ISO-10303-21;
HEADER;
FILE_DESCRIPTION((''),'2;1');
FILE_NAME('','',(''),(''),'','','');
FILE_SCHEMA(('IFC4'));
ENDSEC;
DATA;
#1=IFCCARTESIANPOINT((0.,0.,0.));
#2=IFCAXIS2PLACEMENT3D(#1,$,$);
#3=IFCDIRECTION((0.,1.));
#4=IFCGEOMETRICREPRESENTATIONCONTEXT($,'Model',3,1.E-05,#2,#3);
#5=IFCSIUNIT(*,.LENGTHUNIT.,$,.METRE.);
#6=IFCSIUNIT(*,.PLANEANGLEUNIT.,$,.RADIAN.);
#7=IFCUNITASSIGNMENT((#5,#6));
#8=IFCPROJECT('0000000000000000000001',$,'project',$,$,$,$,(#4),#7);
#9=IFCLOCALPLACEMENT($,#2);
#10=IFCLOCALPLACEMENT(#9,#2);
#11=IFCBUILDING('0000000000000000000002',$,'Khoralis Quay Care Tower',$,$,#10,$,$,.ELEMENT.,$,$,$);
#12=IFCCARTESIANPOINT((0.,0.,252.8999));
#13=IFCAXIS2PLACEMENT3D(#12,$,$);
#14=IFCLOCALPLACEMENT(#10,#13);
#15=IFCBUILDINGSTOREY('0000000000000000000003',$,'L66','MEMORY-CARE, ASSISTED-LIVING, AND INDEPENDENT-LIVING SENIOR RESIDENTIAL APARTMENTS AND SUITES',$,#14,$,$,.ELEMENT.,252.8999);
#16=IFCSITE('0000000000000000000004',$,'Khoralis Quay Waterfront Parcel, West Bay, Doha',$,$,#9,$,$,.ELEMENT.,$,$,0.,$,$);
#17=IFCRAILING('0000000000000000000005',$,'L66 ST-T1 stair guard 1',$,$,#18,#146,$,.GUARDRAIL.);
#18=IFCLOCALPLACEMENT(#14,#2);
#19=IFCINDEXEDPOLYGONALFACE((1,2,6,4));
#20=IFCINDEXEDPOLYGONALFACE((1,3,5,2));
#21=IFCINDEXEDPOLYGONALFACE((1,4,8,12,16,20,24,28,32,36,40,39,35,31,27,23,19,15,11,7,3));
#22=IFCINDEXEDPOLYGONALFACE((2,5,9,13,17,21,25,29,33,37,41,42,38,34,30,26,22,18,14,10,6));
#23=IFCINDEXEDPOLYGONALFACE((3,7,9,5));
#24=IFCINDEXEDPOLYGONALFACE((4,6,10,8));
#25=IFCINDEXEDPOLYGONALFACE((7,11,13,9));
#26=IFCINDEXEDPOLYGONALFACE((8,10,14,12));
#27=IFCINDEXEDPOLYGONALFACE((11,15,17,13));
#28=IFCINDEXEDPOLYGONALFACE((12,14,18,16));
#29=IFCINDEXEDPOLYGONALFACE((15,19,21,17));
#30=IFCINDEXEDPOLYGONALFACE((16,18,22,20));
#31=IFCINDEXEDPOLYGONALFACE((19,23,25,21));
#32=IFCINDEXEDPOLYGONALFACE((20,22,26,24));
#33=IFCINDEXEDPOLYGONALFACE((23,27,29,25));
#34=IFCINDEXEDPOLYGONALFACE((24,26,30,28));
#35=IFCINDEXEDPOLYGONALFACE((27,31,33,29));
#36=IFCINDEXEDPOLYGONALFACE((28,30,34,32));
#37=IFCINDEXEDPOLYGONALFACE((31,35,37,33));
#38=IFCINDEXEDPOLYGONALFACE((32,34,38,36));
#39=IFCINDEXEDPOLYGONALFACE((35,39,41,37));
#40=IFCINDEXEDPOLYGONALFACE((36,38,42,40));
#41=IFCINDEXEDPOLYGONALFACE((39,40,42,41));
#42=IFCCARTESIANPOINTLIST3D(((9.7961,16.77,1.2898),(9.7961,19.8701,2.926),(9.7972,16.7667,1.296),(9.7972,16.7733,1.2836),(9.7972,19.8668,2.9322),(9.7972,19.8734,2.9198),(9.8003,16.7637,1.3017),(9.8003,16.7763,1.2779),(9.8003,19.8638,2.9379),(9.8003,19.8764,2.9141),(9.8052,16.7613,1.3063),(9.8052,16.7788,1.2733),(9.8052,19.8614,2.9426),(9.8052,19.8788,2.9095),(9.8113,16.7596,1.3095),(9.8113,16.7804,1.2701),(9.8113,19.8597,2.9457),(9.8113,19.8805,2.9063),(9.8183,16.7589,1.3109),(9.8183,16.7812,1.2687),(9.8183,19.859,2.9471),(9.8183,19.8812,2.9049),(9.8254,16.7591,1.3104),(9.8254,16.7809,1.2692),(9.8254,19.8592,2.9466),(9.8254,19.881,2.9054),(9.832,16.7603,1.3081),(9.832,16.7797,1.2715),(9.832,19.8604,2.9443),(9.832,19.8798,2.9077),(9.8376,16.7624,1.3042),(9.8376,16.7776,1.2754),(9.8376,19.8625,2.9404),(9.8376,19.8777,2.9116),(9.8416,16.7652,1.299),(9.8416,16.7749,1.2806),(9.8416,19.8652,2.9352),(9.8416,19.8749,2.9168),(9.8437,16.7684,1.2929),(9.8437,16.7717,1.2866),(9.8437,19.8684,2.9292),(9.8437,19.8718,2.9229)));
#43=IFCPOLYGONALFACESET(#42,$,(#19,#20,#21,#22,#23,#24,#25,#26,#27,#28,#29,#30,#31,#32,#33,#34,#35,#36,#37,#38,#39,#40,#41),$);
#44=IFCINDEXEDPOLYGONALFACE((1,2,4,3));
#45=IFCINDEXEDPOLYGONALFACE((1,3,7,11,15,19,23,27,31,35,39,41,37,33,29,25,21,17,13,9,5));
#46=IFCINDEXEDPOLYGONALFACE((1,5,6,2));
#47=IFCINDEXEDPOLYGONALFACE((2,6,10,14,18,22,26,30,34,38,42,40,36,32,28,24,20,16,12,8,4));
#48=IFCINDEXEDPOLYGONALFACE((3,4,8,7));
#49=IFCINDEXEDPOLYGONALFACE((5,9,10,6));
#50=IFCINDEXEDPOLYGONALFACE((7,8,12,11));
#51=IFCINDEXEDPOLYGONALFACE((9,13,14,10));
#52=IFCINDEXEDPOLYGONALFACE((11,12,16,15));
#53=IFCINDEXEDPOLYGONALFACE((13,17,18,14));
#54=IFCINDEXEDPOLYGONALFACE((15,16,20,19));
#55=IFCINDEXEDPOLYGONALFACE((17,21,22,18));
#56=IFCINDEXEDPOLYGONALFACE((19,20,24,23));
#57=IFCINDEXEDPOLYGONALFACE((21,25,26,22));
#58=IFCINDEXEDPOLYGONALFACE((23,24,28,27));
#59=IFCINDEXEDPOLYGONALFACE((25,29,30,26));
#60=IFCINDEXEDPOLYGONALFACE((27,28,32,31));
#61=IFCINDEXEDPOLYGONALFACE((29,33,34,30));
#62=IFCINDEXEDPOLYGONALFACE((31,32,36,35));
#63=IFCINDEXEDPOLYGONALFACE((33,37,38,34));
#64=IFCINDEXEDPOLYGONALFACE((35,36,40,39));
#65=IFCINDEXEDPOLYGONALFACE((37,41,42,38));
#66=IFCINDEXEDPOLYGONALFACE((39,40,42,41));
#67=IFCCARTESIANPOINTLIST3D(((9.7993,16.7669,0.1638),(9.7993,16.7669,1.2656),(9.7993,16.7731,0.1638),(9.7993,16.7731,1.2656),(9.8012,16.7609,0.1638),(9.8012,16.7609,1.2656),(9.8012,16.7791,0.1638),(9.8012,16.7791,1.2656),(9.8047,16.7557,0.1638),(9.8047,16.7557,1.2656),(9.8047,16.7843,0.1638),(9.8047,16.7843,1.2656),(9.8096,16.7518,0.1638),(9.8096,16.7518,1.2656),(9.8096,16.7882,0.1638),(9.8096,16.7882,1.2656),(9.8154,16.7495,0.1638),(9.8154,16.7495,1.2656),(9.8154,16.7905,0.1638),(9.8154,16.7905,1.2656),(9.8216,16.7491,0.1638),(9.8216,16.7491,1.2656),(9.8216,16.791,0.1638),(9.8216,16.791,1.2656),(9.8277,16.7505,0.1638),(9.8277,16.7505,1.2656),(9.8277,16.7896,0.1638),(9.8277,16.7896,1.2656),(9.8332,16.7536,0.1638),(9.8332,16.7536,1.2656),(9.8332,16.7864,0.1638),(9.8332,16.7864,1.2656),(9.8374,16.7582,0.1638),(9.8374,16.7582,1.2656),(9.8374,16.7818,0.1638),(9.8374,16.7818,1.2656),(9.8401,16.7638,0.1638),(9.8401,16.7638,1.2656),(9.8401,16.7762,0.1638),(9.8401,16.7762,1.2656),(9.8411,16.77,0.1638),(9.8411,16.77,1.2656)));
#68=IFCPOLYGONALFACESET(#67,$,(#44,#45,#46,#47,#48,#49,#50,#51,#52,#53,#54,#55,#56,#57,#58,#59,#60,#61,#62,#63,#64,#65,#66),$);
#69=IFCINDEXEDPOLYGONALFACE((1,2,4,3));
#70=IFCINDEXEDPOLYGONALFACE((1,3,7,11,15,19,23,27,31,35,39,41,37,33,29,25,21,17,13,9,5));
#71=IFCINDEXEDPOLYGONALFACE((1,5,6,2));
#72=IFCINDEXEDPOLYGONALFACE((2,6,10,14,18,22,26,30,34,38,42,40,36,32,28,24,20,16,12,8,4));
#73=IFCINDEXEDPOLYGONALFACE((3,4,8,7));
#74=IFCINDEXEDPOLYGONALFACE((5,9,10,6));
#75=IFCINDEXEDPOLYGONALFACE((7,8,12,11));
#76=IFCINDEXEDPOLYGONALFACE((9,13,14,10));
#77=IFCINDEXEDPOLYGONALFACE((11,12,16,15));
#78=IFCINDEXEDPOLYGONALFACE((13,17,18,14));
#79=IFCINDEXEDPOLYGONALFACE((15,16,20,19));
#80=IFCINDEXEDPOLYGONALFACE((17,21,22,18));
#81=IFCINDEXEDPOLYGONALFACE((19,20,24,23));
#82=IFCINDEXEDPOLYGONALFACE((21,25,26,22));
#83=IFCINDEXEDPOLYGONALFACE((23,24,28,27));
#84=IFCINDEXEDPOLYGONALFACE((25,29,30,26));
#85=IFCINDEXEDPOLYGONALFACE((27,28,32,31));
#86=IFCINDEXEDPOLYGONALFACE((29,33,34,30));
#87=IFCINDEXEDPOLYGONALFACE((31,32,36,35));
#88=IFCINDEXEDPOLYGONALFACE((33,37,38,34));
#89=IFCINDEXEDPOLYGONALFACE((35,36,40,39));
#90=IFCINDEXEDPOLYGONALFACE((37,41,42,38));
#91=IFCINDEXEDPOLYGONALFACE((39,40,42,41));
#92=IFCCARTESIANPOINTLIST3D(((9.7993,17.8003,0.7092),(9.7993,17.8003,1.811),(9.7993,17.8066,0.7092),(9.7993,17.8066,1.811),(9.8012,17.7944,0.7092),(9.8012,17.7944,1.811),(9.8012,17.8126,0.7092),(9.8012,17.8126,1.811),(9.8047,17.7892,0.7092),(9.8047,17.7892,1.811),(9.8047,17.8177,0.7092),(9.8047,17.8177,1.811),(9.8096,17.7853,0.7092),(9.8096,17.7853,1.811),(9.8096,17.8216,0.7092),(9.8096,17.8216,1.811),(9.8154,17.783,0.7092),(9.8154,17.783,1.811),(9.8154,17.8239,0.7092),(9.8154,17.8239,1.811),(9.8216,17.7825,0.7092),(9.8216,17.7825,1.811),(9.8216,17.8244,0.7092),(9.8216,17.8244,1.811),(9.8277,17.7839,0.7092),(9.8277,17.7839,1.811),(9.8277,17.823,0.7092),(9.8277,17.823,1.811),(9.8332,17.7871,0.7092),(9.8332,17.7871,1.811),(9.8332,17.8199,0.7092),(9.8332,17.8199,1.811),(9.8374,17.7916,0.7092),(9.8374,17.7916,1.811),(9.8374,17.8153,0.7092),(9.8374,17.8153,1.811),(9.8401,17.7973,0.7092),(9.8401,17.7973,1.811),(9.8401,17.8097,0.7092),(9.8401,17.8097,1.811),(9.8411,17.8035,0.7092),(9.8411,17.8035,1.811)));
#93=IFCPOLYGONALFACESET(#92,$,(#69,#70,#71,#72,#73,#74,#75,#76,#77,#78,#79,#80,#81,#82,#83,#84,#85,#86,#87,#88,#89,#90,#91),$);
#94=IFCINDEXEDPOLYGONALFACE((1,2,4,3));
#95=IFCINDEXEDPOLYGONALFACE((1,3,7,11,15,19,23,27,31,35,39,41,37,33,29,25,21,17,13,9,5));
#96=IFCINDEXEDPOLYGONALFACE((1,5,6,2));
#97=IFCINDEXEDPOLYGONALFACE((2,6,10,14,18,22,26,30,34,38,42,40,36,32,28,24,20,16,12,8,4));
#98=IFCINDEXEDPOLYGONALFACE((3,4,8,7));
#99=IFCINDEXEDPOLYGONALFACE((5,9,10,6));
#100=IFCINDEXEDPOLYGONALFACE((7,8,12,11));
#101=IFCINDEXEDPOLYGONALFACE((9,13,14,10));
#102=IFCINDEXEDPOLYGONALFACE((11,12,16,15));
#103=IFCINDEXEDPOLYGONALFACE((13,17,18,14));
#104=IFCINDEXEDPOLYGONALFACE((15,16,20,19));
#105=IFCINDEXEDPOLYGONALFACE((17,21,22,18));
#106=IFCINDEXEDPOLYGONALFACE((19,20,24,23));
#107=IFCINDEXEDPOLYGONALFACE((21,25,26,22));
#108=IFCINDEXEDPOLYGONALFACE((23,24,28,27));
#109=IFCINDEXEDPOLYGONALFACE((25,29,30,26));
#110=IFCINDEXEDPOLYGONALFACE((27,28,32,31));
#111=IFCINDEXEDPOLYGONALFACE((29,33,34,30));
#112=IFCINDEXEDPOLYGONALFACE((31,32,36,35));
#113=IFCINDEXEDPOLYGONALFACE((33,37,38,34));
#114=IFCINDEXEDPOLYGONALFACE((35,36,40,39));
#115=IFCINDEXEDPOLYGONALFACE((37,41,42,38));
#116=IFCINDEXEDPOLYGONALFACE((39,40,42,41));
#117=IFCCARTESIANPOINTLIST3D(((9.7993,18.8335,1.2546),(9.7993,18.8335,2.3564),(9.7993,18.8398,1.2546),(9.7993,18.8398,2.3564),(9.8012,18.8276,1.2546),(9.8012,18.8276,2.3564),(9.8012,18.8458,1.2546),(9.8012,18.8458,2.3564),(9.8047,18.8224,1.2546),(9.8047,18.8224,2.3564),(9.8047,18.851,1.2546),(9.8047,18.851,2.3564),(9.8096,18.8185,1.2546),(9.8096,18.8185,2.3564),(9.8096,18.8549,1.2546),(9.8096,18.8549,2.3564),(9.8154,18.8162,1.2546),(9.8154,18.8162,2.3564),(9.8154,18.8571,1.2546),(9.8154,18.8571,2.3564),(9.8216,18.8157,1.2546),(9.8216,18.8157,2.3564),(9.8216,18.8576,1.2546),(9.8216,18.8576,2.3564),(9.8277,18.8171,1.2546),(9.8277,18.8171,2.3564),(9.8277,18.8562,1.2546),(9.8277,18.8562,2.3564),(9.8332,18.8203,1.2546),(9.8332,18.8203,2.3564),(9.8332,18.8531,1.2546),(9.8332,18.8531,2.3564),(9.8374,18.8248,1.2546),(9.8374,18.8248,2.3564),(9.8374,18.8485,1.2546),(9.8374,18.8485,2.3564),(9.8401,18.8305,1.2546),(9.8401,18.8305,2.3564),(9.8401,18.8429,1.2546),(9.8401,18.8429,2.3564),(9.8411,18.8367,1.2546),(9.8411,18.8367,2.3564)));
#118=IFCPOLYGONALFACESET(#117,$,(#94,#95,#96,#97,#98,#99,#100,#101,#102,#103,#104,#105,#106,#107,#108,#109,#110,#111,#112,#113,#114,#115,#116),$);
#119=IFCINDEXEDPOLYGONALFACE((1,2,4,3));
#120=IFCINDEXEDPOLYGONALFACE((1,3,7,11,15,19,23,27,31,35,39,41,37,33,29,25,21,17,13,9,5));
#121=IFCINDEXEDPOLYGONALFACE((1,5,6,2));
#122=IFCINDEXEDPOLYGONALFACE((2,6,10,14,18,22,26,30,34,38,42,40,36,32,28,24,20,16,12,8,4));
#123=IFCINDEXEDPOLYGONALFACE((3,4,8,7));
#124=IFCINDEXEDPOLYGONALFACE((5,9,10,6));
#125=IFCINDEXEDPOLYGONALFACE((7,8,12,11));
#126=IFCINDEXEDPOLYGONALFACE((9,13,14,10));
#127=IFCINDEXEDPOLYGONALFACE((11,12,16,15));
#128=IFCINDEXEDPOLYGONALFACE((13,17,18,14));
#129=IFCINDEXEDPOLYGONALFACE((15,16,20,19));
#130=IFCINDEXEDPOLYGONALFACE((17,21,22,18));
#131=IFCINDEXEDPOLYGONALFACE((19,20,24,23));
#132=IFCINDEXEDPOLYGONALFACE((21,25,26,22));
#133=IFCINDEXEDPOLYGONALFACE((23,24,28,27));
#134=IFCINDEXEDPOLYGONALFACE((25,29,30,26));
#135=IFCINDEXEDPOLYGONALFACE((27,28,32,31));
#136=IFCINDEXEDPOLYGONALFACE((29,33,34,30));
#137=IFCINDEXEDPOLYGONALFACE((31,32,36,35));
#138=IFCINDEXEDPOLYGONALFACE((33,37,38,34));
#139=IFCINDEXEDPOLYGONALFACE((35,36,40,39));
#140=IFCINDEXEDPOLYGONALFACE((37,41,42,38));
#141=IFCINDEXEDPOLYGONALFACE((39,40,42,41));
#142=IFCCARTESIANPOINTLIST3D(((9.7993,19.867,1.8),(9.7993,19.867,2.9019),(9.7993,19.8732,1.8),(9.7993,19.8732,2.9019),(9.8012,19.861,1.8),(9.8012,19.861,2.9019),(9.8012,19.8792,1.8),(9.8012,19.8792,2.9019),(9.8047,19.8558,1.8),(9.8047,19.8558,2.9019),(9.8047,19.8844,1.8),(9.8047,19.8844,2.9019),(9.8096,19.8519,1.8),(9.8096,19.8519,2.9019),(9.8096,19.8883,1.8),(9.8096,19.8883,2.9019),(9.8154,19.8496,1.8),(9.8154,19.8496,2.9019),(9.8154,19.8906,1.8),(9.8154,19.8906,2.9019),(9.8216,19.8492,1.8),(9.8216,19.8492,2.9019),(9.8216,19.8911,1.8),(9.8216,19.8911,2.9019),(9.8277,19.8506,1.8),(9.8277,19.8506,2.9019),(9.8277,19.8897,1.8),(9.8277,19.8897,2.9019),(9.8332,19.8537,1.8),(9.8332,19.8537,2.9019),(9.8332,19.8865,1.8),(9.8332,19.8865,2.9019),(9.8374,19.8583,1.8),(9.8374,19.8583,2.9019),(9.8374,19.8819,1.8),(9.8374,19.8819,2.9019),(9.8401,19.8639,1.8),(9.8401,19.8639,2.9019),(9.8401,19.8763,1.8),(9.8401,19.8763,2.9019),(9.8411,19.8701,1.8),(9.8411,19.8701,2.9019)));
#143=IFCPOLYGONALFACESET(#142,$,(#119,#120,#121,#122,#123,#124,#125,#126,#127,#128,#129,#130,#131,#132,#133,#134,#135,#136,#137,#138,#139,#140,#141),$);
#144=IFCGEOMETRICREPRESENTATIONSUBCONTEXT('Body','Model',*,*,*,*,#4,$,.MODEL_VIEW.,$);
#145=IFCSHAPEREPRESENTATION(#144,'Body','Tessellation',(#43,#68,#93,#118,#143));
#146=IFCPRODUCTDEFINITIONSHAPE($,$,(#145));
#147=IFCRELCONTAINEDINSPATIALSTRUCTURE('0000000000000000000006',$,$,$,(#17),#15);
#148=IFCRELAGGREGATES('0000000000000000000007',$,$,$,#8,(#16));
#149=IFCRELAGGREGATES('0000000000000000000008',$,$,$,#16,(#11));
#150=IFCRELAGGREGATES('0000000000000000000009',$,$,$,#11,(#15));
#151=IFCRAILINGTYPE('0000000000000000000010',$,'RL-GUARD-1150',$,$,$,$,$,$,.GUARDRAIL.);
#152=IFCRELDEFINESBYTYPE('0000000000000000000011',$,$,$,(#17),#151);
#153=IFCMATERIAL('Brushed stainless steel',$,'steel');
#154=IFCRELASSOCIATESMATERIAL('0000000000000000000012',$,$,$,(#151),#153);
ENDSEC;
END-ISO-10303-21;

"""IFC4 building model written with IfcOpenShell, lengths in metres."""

from ifc_helpers import new_model, si_unit, direction, frame, origin, origin_2d, place, context, subcontext, project, spatial, circle, extrude, material, type_object, element, save


model = new_model("IFC4")

# Units and contexts
model_context = context("Model", 3, precision=1e-05, world=origin(), true_north=direction((0.0, 1.0)))
body_context = subcontext(model_context, "Body", "Model", "MODEL_VIEW")
ifc_project = project(units=[si_unit("LENGTHUNIT", "METRE"), si_unit("PLANEANGLEUNIT", "RADIAN")], contexts=[model_context])

# Site, building, storey
site_placement = place(None, origin())
site = spatial("IfcSite", under=ifc_project, at=site_placement, Name="Khoralis Quay Waterfront Parcel, West Bay, Doha", CompositionType="ELEMENT", RefElevation=0.0)
building_placement = place(site_placement, origin())
building = spatial("IfcBuilding", under=site, at=building_placement, Name="Khoralis Quay Care Tower", CompositionType="ELEMENT")
storey_placement = place(building_placement, frame((0.0, 0.0, 252.8999)))
storey = spatial("IfcBuildingStorey", under=building, at=storey_placement, Name="L66", Description="MEMORY-CARE, ASSISTED-LIVING, AND INDEPENDENT-LIVING SENIOR RESIDENTIAL APARTMENTS AND SUITES", CompositionType="ELEMENT", Elevation=252.8999)

# Railing
ifc_material_1 = material(Name="Brushed stainless steel", Category="steel")
railing_type_1 = type_object("IfcRailingType", Name="RL-GUARD-1150", PredefinedType="GUARDRAIL", material=ifc_material_1)
railing_1_placement = place(storey_placement, frame((9.8201, 16.77, 0.1638)))
element("IfcRailing", 1, at=railing_1_placement, inside=storey, type_object=railing_type_1, Name="L66 ST-T1 stair guard 1", PredefinedType="GUARDRAIL", context=body_context, shape_type="SweptSolid", body=[
    extrude(circle(Radius=0.0239, at=origin_2d()), frame((0.0, 0.0, 1.126), z_axis=(0.0, 0.884377, 0.466774), x_axis=(-1.0, 0.0, 0.0)), (0.0, 0.0, 1.0), 3.5054),
    extrude(circle(Radius=0.021, at=origin_2d()), origin(), (0.0, 0.0, 1.0), 1.1018),
    extrude(circle(Radius=0.021, at=origin_2d()), frame((0.0, 1.0334, 0.5454)), (0.0, 0.0, 1.0), 1.1018),
    extrude(circle(Radius=0.021, at=origin_2d()), frame((0.0, 2.0667, 1.0908)), (0.0, 0.0, 1.0), 1.1018),
    extrude(circle(Radius=0.021, at=origin_2d()), frame((0.0, 3.1001, 1.6362)), (0.0, 0.0, 1.0), 1.1018),
])

save(model, "model.ifc")
